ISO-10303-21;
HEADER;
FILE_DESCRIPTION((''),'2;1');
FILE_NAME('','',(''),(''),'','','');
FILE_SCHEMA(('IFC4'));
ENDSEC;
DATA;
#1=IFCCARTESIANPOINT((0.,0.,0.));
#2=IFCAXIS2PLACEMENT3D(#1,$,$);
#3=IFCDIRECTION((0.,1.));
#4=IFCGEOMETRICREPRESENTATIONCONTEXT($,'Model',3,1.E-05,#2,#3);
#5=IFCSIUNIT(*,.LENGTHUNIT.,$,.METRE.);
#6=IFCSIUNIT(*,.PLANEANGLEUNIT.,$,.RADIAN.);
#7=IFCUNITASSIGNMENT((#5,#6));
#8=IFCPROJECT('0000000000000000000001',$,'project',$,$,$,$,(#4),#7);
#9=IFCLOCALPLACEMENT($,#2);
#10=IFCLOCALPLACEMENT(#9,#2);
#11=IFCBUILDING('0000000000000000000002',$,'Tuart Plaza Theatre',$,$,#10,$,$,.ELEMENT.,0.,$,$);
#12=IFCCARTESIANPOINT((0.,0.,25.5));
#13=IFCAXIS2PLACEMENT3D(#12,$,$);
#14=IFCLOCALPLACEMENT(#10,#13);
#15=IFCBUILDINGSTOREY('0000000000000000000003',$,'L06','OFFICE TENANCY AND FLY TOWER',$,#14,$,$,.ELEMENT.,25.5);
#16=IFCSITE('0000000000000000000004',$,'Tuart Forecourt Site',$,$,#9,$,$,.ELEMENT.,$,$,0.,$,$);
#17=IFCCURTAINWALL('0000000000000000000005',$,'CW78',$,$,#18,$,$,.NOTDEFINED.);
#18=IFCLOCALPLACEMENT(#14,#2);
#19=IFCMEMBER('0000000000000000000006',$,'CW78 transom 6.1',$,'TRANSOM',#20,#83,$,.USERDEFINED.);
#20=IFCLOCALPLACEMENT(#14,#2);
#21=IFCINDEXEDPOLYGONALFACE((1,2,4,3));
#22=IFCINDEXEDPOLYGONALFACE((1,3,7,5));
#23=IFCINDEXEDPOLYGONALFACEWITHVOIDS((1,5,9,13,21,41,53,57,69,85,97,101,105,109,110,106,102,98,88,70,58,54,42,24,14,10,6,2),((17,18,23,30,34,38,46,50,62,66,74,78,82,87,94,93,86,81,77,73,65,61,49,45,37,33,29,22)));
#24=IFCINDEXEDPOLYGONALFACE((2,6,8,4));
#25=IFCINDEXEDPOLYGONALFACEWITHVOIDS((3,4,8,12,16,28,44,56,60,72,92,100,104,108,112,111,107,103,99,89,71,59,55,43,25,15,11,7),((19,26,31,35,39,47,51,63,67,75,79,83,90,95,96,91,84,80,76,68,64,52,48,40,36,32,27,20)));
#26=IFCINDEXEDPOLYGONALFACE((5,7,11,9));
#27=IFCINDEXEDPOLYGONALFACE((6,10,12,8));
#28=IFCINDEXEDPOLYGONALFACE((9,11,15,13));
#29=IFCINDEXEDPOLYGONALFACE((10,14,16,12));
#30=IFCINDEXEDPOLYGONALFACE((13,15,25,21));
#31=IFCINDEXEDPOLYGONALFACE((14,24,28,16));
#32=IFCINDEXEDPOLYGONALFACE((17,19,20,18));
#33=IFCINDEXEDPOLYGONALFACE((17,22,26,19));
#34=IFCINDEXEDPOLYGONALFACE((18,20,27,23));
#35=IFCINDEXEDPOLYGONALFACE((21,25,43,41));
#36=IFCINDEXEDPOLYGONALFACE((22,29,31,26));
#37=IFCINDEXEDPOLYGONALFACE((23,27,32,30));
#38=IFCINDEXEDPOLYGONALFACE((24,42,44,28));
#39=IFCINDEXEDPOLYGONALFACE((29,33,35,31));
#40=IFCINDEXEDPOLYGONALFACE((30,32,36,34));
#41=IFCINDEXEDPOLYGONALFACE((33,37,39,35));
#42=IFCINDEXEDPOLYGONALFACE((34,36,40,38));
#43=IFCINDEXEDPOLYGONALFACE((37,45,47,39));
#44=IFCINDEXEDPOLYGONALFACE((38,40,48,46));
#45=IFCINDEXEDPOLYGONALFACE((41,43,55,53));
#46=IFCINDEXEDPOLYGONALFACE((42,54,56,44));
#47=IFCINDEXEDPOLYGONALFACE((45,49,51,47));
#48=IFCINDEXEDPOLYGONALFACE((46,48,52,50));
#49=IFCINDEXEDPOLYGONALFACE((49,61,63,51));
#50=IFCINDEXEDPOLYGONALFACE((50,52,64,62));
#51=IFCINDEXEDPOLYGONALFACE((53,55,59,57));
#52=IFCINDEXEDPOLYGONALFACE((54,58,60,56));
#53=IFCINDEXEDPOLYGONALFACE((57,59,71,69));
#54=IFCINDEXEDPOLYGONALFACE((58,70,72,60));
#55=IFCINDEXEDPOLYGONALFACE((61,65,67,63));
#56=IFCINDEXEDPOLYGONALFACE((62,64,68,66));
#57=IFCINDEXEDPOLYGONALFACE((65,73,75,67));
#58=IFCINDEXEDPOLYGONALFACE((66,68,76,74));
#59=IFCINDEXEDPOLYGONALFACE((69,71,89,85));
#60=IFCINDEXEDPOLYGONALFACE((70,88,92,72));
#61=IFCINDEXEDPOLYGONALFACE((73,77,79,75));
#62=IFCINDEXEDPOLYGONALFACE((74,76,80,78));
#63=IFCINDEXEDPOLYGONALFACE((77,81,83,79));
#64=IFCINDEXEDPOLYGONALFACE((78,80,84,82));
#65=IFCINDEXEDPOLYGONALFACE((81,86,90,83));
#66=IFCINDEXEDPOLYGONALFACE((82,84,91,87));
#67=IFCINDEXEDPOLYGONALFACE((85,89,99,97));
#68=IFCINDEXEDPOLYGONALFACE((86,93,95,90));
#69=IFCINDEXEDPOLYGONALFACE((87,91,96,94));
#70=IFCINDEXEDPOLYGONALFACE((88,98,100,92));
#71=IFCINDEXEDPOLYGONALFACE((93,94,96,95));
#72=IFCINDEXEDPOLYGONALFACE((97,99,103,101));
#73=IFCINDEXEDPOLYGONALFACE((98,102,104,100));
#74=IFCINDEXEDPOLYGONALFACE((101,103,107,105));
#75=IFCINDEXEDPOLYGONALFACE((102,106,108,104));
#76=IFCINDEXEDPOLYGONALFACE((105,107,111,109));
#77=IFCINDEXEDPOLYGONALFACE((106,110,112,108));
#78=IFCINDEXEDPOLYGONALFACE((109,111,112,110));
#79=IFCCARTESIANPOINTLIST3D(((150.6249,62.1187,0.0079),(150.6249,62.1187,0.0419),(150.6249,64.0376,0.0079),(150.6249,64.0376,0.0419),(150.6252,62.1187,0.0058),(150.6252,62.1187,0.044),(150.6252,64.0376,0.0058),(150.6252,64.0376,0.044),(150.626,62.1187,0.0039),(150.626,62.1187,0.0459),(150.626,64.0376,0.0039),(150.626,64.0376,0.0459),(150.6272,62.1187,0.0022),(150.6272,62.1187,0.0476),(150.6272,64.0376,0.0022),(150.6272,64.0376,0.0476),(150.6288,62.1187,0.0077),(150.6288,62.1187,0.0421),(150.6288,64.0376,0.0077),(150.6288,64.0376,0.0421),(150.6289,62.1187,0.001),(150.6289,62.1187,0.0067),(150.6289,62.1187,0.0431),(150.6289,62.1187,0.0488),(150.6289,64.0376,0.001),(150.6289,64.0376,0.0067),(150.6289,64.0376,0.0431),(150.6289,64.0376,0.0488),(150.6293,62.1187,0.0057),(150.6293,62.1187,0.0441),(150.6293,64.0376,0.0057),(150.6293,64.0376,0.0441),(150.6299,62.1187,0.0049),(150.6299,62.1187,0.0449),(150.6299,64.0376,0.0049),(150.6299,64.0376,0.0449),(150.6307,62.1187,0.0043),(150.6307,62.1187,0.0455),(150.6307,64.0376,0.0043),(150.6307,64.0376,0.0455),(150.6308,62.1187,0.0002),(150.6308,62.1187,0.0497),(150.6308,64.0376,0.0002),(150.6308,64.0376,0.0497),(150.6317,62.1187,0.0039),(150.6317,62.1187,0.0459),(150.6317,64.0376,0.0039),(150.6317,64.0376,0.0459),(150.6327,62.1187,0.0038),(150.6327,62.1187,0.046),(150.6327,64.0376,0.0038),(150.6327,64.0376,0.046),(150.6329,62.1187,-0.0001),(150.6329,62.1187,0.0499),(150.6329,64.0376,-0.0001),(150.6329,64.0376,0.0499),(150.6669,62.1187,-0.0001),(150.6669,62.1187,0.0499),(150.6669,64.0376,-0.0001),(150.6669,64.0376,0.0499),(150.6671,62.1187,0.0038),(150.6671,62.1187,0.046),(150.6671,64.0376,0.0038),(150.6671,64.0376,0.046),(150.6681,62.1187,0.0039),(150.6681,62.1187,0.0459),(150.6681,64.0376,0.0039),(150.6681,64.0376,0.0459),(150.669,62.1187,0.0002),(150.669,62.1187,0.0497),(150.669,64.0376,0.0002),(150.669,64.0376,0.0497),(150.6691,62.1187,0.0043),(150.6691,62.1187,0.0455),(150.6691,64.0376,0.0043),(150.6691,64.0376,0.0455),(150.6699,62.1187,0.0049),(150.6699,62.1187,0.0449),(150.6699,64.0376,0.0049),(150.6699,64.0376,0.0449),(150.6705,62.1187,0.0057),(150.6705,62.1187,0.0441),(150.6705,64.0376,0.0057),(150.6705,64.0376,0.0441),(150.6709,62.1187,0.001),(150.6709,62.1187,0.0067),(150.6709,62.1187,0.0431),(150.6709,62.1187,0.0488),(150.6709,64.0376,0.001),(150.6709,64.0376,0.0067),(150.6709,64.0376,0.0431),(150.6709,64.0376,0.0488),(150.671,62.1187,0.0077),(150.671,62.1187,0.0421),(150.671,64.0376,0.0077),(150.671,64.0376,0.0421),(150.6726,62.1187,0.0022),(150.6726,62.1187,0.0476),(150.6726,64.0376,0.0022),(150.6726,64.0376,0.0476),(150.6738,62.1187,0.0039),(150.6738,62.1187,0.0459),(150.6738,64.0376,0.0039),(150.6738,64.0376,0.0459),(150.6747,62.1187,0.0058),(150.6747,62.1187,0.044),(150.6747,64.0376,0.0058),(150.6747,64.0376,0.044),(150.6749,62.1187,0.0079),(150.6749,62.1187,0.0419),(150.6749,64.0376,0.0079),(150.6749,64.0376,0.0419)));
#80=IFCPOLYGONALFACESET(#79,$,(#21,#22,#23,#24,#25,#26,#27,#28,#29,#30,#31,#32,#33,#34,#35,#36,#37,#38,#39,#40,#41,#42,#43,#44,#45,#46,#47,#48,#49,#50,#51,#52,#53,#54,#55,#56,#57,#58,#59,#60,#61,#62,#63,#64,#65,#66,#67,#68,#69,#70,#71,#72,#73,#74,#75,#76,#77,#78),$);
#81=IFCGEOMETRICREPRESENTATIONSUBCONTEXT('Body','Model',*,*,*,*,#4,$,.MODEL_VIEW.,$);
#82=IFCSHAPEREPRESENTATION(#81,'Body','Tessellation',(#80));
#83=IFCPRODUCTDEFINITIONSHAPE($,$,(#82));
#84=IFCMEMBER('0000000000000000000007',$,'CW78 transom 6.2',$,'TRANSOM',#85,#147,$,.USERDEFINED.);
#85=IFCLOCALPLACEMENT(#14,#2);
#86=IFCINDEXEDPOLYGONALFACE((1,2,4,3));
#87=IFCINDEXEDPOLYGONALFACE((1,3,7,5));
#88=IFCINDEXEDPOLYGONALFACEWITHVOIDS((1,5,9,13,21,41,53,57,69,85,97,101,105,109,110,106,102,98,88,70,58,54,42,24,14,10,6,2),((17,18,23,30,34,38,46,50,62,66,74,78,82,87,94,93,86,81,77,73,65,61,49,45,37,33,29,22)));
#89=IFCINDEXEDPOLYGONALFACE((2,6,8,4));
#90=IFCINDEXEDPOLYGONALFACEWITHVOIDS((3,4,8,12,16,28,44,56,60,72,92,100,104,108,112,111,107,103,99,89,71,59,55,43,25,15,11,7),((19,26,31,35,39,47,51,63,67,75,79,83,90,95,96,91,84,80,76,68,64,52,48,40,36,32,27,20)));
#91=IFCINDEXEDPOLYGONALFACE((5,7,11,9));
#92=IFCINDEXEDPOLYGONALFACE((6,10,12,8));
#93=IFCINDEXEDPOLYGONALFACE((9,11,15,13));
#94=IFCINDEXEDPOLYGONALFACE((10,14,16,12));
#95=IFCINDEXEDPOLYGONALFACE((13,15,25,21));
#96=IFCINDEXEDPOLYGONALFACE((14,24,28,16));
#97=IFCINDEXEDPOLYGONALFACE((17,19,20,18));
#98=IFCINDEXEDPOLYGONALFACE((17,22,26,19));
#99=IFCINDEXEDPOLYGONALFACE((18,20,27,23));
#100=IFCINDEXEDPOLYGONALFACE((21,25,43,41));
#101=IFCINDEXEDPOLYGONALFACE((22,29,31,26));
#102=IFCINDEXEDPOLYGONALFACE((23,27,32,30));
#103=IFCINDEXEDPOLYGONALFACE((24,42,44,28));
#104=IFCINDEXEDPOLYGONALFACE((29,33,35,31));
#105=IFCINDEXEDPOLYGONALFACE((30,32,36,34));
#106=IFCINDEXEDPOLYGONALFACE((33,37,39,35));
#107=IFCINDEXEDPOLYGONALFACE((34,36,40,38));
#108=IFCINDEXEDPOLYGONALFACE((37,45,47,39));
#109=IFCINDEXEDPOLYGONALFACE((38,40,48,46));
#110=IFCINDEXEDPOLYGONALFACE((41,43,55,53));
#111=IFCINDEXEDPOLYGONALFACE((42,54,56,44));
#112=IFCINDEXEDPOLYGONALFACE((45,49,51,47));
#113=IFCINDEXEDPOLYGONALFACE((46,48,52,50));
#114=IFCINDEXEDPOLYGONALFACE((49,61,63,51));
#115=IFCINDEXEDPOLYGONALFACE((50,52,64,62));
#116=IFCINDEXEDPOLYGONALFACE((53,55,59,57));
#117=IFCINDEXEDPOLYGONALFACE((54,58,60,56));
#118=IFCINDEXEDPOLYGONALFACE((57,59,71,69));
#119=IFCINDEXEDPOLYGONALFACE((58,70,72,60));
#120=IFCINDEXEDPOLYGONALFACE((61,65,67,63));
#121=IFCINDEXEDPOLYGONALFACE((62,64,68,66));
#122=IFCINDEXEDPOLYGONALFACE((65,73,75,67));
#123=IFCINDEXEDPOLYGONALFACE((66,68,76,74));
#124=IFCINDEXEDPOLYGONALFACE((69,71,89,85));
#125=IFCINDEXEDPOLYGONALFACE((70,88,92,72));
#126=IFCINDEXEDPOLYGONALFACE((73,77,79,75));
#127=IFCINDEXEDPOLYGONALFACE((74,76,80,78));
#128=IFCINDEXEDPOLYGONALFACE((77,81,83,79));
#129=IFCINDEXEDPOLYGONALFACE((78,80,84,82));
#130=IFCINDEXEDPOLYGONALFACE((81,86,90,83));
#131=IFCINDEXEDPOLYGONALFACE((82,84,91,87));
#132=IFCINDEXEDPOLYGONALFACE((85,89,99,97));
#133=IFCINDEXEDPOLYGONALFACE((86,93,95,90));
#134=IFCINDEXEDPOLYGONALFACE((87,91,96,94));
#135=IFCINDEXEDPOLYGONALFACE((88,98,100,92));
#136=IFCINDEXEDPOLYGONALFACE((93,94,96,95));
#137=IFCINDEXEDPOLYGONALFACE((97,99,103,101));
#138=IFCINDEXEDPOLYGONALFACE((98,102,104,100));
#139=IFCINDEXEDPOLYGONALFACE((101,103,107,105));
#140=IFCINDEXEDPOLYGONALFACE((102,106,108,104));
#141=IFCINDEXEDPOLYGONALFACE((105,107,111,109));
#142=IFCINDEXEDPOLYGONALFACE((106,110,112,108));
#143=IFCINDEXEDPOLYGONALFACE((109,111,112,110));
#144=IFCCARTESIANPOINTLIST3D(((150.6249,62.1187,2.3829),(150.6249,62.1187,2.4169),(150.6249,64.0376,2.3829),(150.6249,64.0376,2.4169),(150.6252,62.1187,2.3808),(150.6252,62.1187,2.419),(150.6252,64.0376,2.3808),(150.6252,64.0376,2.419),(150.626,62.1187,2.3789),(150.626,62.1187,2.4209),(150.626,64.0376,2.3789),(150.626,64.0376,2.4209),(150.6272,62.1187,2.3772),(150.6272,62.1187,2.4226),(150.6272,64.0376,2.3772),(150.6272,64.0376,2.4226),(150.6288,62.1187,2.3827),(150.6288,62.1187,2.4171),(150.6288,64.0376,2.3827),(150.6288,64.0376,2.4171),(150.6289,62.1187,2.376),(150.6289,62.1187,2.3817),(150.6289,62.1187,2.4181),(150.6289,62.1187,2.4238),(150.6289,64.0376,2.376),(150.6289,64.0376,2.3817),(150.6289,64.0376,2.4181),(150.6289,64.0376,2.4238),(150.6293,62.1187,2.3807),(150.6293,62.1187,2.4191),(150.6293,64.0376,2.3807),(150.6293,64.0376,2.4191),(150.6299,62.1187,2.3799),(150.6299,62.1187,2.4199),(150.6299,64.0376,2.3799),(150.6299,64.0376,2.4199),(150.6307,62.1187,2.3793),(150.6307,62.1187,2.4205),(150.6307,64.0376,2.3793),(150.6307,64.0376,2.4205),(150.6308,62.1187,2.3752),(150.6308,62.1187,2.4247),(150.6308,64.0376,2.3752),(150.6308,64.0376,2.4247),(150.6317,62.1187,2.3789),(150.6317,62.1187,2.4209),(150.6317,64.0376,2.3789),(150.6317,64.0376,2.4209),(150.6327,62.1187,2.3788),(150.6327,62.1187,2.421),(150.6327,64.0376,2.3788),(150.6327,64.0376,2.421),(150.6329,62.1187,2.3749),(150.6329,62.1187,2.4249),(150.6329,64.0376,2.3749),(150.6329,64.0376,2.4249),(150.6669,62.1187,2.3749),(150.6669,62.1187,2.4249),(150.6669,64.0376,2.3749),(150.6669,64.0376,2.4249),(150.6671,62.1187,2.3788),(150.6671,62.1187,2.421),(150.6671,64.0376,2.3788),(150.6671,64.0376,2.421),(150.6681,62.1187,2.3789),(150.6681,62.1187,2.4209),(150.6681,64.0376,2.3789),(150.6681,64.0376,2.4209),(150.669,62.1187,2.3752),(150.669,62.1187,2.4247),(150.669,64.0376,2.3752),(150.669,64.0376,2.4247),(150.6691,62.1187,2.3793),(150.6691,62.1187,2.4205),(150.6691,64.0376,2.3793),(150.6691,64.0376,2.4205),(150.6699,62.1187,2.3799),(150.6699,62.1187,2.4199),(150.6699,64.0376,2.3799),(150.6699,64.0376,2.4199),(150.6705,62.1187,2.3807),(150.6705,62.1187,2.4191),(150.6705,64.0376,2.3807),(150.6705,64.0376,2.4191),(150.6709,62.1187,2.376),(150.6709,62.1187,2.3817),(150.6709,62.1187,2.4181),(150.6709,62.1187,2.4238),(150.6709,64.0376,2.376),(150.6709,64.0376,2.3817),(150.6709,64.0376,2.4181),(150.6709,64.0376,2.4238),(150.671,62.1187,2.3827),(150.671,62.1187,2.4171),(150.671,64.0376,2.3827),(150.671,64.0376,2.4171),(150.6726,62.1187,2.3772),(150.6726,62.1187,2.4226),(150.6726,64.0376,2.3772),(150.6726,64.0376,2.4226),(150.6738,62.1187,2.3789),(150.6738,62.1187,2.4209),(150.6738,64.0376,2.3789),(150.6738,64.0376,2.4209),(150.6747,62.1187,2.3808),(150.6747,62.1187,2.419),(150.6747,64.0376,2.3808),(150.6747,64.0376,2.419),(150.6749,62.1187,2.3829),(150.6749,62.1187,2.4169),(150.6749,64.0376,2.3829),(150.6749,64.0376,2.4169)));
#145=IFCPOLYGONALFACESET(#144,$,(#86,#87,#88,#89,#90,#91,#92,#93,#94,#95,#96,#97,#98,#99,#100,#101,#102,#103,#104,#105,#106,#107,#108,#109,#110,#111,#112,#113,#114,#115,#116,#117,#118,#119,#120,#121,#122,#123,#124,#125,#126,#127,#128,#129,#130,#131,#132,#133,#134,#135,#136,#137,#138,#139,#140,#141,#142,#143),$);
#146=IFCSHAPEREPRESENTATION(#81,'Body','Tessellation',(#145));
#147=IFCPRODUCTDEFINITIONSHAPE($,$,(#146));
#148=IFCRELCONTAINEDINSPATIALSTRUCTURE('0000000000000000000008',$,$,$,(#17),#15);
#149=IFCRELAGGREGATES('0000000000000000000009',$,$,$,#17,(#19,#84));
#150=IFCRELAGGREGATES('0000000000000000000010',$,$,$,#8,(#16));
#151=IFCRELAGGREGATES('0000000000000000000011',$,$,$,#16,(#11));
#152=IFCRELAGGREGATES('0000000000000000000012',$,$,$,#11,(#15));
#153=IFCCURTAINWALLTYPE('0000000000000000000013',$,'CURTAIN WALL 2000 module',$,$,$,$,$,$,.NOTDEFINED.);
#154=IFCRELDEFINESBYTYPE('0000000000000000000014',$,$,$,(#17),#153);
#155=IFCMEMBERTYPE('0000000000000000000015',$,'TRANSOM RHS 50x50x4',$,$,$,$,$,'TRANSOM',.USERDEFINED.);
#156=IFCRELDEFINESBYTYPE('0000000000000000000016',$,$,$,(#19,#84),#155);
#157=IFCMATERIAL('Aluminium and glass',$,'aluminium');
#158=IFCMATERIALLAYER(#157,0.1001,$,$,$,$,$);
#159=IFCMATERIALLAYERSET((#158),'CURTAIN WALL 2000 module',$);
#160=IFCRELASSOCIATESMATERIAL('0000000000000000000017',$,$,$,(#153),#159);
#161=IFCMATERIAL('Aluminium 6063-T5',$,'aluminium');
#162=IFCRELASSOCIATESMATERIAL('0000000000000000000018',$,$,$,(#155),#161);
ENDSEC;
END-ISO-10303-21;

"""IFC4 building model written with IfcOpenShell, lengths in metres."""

from ifc_helpers import new_model, si_unit, direction, frame, origin, origin_2d, place, context, subcontext, project, spatial, hollow_rectangle, extrude, material, layer, layer_set, material_profile, profile_set, type_object, element, aggregate, save


model = new_model("IFC4")

# Units and contexts
model_context = context("Model", 3, precision=1e-05, world=origin(), true_north=direction((0.0, 1.0)))
body_context = subcontext(model_context, "Body", "Model", "MODEL_VIEW")
ifc_project = project(units=[si_unit("LENGTHUNIT", "METRE"), si_unit("PLANEANGLEUNIT", "RADIAN")], contexts=[model_context])

# Site, building, storey
site_placement = place(None, origin())
site = spatial("IfcSite", under=ifc_project, at=site_placement, Name="Tuart Forecourt Site", CompositionType="ELEMENT", RefElevation=0.0)
building_placement = place(site_placement, origin())
building = spatial("IfcBuilding", under=site, at=building_placement, Name="Tuart Plaza Theatre", CompositionType="ELEMENT", ElevationOfRefHeight=0.0)
storey_placement = place(building_placement, frame((0.0, 0.0, 25.5)))
storey = spatial("IfcBuildingStorey", under=building, at=storey_placement, Name="L06", Description="OFFICE TENANCY AND FLY TOWER", CompositionType="ELEMENT", Elevation=25.5)

# Curtain wall, members
ifc_material_1 = material(Name="Aluminium and glass", Category="aluminium")
ifc_layer_1 = layer(ifc_material_1, 0.1001)
ifc_layer_set_1 = layer_set([ifc_layer_1], Name="CURTAIN WALL 2000 module")
curtain_wall_type = type_object("IfcCurtainWallType", Name="CURTAIN WALL 2000 module", PredefinedType="NOTDEFINED", material=ifc_layer_set_1)
curtain_wall_placement = place(storey_placement, origin())
curtain_wall = element("IfcCurtainWall", 1, at=curtain_wall_placement, inside=storey, type_object=curtain_wall_type, Name="CW78", PredefinedType="NOTDEFINED")
ifc_material_2 = material(Name="Aluminium 6063-T5", Category="aluminium")
ifc_material_profile_1 = material_profile(ifc_material_2, hollow_rectangle(XDim=0.05, YDim=0.05, WallThickness=0.0039, InnerFilletRadius=0.0039, OuterFilletRadius=0.0081, at=origin_2d()), Name="RHS 50x50x4")
ifc_profile_set_1 = profile_set([ifc_material_profile_1], Name="Aluminium 6063-T5")
member_type_1 = type_object("IfcMemberType", Name="TRANSOM RHS 50x50x4", ElementType="TRANSOM", PredefinedType="USERDEFINED", material=ifc_profile_set_1)
member_1_placement = place(storey_placement, frame((150.6499, 62.1187, 0.0249), z_axis=(0.0, 1.0, 0.0), x_axis=(-1.0, 0.0, 0.0)))
member_1 = element("IfcMember", 2, at=member_1_placement, type_object=member_type_1, Name="CW78 transom 6.1", ObjectType="TRANSOM", PredefinedType="USERDEFINED", context=body_context, shape_type="SweptSolid", body=[
    extrude(hollow_rectangle(XDim=0.05, YDim=0.05, WallThickness=0.0039, InnerFilletRadius=0.0039, OuterFilletRadius=0.0081, at=origin_2d()), origin(), (0.0, 0.0, 1.0), 1.9189),
])
member_2_placement = place(storey_placement, frame((150.6499, 62.1187, 2.3999), z_axis=(0.0, 1.0, 0.0), x_axis=(-1.0, 0.0, 0.0)))
member_2 = element("IfcMember", 3, at=member_2_placement, type_object=member_type_1, Name="CW78 transom 6.2", ObjectType="TRANSOM", PredefinedType="USERDEFINED", context=body_context, shape_type="SweptSolid", body=[
    extrude(hollow_rectangle(XDim=0.05, YDim=0.05, WallThickness=0.0039, InnerFilletRadius=0.0039, OuterFilletRadius=0.0081, at=origin_2d()), origin(), (0.0, 0.0, 1.0), 1.9189),
])
aggregate(curtain_wall, [member_1, member_2])

save(model, "model.ifc")
